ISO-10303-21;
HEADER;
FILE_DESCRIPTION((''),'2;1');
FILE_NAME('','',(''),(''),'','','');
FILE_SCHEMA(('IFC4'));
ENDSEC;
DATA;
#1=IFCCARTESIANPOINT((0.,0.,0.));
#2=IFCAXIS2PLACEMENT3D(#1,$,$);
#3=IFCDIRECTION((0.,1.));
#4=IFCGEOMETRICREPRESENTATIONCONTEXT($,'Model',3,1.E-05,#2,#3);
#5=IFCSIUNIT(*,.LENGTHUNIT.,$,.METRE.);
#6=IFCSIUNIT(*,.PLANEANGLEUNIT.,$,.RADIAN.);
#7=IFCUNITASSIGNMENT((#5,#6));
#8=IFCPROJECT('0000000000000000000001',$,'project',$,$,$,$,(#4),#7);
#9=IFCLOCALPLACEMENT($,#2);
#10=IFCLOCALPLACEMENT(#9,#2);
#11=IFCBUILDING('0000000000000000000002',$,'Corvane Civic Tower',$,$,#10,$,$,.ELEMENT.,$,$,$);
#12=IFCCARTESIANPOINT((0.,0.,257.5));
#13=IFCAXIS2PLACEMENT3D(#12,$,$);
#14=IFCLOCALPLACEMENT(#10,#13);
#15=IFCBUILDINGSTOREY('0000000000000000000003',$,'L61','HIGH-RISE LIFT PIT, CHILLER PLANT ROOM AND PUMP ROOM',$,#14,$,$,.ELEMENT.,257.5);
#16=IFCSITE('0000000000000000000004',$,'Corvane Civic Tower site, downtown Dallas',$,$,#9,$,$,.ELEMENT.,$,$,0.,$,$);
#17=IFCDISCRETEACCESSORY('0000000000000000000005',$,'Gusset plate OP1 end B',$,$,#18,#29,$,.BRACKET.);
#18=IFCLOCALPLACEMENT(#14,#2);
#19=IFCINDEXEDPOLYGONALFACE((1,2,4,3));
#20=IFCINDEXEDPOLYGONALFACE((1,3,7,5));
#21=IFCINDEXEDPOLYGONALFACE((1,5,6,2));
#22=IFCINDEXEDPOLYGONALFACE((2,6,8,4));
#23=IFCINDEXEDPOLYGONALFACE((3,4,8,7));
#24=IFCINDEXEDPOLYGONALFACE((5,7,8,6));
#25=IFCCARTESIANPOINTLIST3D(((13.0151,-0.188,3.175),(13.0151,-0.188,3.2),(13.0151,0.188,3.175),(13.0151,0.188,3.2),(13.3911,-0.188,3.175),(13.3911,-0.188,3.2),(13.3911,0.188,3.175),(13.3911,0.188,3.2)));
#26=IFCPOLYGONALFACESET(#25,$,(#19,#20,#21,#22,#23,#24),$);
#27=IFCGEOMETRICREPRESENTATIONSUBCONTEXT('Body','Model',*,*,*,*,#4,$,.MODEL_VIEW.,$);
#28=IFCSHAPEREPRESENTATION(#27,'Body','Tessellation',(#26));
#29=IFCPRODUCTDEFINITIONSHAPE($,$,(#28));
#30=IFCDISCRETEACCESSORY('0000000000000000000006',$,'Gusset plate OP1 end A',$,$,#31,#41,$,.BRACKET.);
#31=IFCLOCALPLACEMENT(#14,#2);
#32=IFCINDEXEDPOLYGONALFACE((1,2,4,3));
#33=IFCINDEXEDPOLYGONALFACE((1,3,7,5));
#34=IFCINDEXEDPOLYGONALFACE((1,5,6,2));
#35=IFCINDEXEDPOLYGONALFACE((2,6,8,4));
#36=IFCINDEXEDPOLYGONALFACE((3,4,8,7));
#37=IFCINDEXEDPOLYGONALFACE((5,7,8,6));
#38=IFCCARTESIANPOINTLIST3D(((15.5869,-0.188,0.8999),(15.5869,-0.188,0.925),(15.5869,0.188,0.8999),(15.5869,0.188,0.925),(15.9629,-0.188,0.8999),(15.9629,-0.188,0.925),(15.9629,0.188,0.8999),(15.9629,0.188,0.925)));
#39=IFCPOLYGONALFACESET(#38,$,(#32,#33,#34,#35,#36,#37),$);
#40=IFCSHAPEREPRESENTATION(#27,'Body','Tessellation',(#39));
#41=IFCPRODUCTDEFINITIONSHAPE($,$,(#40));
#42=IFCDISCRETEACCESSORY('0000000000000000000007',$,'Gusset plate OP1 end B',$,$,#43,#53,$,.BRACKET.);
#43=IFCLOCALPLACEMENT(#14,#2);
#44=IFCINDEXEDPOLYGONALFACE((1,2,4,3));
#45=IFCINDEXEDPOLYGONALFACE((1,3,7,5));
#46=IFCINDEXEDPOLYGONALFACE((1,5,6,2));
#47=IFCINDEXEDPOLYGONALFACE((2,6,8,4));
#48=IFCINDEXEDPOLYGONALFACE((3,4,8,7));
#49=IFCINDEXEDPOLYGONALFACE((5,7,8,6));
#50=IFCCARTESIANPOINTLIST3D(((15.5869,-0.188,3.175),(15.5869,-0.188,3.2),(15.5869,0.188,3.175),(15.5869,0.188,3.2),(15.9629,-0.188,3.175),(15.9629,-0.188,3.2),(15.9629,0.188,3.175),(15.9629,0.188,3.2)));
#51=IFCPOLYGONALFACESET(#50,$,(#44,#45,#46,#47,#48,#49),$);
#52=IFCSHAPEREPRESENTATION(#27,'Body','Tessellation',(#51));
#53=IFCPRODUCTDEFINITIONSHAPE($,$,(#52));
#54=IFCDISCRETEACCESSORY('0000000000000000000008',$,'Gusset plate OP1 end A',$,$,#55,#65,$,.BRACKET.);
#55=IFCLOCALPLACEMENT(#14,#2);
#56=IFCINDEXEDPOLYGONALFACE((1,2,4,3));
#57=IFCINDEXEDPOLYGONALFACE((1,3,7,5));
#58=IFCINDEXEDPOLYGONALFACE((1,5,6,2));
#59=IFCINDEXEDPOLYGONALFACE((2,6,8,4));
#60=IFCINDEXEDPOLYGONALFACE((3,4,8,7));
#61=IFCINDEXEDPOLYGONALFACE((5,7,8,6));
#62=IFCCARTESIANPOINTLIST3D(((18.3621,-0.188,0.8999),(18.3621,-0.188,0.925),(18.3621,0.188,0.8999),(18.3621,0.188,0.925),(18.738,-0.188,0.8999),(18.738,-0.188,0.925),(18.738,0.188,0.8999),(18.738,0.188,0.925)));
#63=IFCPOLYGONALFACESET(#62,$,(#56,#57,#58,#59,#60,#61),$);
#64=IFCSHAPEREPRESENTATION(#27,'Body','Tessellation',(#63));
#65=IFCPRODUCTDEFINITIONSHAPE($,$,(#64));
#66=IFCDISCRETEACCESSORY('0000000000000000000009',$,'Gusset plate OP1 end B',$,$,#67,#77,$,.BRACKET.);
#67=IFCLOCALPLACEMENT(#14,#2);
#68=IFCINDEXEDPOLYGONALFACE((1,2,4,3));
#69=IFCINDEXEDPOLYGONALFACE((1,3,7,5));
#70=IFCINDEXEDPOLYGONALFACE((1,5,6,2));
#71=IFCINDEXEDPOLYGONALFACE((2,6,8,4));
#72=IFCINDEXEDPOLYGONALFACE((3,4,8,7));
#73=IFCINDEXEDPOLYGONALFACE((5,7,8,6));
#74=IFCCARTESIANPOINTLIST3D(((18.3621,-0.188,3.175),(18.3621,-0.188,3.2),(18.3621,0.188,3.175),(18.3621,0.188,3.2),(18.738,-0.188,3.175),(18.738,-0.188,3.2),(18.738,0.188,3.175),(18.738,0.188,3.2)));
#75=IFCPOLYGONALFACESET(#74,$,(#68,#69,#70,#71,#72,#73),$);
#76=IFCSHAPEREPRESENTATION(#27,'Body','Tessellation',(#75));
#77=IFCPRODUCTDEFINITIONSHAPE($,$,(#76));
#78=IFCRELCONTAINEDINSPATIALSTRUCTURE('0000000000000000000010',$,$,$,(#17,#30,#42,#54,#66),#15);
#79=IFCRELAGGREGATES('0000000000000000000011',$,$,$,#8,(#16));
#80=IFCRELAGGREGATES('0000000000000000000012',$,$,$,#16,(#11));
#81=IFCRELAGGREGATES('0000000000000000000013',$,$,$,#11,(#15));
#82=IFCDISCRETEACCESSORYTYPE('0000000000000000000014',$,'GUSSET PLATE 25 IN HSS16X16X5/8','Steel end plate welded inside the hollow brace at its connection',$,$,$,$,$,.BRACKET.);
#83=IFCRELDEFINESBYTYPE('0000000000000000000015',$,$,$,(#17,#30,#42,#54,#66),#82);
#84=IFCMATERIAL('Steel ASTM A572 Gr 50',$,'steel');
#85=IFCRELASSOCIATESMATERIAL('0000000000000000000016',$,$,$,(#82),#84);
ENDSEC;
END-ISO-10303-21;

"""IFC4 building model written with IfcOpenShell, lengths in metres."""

from ifc_helpers import new_model, si_unit, direction, frame, origin, origin_2d, place, context, subcontext, project, spatial, rectangle, extrude, material, material_profile, profile_set, type_object, element, save


model = new_model("IFC4")

# Units and contexts
model_context = context("Model", 3, precision=1e-05, world=origin(), true_north=direction((0.0, 1.0)))
body_context = subcontext(model_context, "Body", "Model", "MODEL_VIEW")
ifc_project = project(units=[si_unit("LENGTHUNIT", "METRE"), si_unit("PLANEANGLEUNIT", "RADIAN")], contexts=[model_context])

# Site, building, storey
site_placement = place(None, origin())
site = spatial("IfcSite", under=ifc_project, at=site_placement, Name="Corvane Civic Tower site, downtown Dallas", CompositionType="ELEMENT", RefElevation=0.0)
building_placement = place(site_placement, origin())
building = spatial("IfcBuilding", under=site, at=building_placement, Name="Corvane Civic Tower", CompositionType="ELEMENT")
storey_placement = place(building_placement, frame((0.0, 0.0, 257.5)))
storey = spatial("IfcBuildingStorey", under=building, at=storey_placement, Name="L61", Description="HIGH-RISE LIFT PIT, CHILLER PLANT ROOM AND PUMP ROOM", CompositionType="ELEMENT", Elevation=257.5)

# Discrete accessories
ifc_material_1 = material(Name="Steel ASTM A572 Gr 50", Category="steel")
ifc_material_profile_1 = material_profile(ifc_material_1, rectangle(XDim=0.376, YDim=0.376, at=origin_2d()), Name="GUSSET PLATE 25 IN HSS16X16X5/8")
ifc_profile_set_1 = profile_set([ifc_material_profile_1], Name="Steel ASTM A572 Gr 50")
discrete_accessory_type_1 = type_object("IfcDiscreteAccessoryType", Name="GUSSET PLATE 25 IN HSS16X16X5/8", Description="Steel end plate welded inside the hollow brace at its connection", PredefinedType="BRACKET", material=ifc_profile_set_1)
discrete_accessory_1_placement = place(storey_placement, frame((13.2031, 0.0, 3.2), z_axis=(0.0, 0.0, -1.0), x_axis=(1.0, 0.0, 0.0)))
element("IfcDiscreteAccessory", 1, at=discrete_accessory_1_placement, inside=storey, type_object=discrete_accessory_type_1, Name="Gusset plate OP1 end B", PredefinedType="BRACKET", context=body_context, shape_type="SweptSolid", body=[
    extrude(rectangle(XDim=0.376, YDim=0.376, at=origin_2d()), origin(), (0.0, 0.0, 1.0), 0.0249),
])
discrete_accessory_2_placement = place(storey_placement, frame((15.7749, 0.0, 0.8999), z_axis=(0.0, 0.0, 1.0), x_axis=(1.0, 0.0, 0.0)))
element("IfcDiscreteAccessory", 2, at=discrete_accessory_2_placement, inside=storey, type_object=discrete_accessory_type_1, Name="Gusset plate OP1 end A", PredefinedType="BRACKET", context=body_context, shape_type="SweptSolid", body=[
    extrude(rectangle(XDim=0.376, YDim=0.376, at=origin_2d()), origin(), (0.0, 0.0, 1.0), 0.0251),
])
discrete_accessory_3_placement = place(storey_placement, frame((15.7749, 0.0, 3.2), z_axis=(0.0, 0.0, -1.0), x_axis=(1.0, 0.0, 0.0)))
element("IfcDiscreteAccessory", 3, at=discrete_accessory_3_placement, inside=storey, type_object=discrete_accessory_type_1, Name="Gusset plate OP1 end B", PredefinedType="BRACKET", context=body_context, shape_type="SweptSolid", body=[
    extrude(rectangle(XDim=0.376, YDim=0.376, at=origin_2d()), origin(), (0.0, 0.0, 1.0), 0.0249),
])
discrete_accessory_4_placement = place(storey_placement, frame((18.55, 0.0, 0.8999), z_axis=(0.0, 0.0, 1.0), x_axis=(1.0, 0.0, 0.0)))
element("IfcDiscreteAccessory", 4, at=discrete_accessory_4_placement, inside=storey, type_object=discrete_accessory_type_1, Name="Gusset plate OP1 end A", PredefinedType="BRACKET", context=body_context, shape_type="SweptSolid", body=[
    extrude(rectangle(XDim=0.376, YDim=0.376, at=origin_2d()), origin(), (0.0, 0.0, 1.0), 0.0251),
])
discrete_accessory_5_placement = place(storey_placement, frame((18.55, 0.0, 3.2), z_axis=(0.0, 0.0, -1.0), x_axis=(1.0, 0.0, 0.0)))
element("IfcDiscreteAccessory", 5, at=discrete_accessory_5_placement, inside=storey, type_object=discrete_accessory_type_1, Name="Gusset plate OP1 end B", PredefinedType="BRACKET", context=body_context, shape_type="SweptSolid", body=[
    extrude(rectangle(XDim=0.376, YDim=0.376, at=origin_2d()), origin(), (0.0, 0.0, 1.0), 0.0249),
])

save(model, "model.ifc")
